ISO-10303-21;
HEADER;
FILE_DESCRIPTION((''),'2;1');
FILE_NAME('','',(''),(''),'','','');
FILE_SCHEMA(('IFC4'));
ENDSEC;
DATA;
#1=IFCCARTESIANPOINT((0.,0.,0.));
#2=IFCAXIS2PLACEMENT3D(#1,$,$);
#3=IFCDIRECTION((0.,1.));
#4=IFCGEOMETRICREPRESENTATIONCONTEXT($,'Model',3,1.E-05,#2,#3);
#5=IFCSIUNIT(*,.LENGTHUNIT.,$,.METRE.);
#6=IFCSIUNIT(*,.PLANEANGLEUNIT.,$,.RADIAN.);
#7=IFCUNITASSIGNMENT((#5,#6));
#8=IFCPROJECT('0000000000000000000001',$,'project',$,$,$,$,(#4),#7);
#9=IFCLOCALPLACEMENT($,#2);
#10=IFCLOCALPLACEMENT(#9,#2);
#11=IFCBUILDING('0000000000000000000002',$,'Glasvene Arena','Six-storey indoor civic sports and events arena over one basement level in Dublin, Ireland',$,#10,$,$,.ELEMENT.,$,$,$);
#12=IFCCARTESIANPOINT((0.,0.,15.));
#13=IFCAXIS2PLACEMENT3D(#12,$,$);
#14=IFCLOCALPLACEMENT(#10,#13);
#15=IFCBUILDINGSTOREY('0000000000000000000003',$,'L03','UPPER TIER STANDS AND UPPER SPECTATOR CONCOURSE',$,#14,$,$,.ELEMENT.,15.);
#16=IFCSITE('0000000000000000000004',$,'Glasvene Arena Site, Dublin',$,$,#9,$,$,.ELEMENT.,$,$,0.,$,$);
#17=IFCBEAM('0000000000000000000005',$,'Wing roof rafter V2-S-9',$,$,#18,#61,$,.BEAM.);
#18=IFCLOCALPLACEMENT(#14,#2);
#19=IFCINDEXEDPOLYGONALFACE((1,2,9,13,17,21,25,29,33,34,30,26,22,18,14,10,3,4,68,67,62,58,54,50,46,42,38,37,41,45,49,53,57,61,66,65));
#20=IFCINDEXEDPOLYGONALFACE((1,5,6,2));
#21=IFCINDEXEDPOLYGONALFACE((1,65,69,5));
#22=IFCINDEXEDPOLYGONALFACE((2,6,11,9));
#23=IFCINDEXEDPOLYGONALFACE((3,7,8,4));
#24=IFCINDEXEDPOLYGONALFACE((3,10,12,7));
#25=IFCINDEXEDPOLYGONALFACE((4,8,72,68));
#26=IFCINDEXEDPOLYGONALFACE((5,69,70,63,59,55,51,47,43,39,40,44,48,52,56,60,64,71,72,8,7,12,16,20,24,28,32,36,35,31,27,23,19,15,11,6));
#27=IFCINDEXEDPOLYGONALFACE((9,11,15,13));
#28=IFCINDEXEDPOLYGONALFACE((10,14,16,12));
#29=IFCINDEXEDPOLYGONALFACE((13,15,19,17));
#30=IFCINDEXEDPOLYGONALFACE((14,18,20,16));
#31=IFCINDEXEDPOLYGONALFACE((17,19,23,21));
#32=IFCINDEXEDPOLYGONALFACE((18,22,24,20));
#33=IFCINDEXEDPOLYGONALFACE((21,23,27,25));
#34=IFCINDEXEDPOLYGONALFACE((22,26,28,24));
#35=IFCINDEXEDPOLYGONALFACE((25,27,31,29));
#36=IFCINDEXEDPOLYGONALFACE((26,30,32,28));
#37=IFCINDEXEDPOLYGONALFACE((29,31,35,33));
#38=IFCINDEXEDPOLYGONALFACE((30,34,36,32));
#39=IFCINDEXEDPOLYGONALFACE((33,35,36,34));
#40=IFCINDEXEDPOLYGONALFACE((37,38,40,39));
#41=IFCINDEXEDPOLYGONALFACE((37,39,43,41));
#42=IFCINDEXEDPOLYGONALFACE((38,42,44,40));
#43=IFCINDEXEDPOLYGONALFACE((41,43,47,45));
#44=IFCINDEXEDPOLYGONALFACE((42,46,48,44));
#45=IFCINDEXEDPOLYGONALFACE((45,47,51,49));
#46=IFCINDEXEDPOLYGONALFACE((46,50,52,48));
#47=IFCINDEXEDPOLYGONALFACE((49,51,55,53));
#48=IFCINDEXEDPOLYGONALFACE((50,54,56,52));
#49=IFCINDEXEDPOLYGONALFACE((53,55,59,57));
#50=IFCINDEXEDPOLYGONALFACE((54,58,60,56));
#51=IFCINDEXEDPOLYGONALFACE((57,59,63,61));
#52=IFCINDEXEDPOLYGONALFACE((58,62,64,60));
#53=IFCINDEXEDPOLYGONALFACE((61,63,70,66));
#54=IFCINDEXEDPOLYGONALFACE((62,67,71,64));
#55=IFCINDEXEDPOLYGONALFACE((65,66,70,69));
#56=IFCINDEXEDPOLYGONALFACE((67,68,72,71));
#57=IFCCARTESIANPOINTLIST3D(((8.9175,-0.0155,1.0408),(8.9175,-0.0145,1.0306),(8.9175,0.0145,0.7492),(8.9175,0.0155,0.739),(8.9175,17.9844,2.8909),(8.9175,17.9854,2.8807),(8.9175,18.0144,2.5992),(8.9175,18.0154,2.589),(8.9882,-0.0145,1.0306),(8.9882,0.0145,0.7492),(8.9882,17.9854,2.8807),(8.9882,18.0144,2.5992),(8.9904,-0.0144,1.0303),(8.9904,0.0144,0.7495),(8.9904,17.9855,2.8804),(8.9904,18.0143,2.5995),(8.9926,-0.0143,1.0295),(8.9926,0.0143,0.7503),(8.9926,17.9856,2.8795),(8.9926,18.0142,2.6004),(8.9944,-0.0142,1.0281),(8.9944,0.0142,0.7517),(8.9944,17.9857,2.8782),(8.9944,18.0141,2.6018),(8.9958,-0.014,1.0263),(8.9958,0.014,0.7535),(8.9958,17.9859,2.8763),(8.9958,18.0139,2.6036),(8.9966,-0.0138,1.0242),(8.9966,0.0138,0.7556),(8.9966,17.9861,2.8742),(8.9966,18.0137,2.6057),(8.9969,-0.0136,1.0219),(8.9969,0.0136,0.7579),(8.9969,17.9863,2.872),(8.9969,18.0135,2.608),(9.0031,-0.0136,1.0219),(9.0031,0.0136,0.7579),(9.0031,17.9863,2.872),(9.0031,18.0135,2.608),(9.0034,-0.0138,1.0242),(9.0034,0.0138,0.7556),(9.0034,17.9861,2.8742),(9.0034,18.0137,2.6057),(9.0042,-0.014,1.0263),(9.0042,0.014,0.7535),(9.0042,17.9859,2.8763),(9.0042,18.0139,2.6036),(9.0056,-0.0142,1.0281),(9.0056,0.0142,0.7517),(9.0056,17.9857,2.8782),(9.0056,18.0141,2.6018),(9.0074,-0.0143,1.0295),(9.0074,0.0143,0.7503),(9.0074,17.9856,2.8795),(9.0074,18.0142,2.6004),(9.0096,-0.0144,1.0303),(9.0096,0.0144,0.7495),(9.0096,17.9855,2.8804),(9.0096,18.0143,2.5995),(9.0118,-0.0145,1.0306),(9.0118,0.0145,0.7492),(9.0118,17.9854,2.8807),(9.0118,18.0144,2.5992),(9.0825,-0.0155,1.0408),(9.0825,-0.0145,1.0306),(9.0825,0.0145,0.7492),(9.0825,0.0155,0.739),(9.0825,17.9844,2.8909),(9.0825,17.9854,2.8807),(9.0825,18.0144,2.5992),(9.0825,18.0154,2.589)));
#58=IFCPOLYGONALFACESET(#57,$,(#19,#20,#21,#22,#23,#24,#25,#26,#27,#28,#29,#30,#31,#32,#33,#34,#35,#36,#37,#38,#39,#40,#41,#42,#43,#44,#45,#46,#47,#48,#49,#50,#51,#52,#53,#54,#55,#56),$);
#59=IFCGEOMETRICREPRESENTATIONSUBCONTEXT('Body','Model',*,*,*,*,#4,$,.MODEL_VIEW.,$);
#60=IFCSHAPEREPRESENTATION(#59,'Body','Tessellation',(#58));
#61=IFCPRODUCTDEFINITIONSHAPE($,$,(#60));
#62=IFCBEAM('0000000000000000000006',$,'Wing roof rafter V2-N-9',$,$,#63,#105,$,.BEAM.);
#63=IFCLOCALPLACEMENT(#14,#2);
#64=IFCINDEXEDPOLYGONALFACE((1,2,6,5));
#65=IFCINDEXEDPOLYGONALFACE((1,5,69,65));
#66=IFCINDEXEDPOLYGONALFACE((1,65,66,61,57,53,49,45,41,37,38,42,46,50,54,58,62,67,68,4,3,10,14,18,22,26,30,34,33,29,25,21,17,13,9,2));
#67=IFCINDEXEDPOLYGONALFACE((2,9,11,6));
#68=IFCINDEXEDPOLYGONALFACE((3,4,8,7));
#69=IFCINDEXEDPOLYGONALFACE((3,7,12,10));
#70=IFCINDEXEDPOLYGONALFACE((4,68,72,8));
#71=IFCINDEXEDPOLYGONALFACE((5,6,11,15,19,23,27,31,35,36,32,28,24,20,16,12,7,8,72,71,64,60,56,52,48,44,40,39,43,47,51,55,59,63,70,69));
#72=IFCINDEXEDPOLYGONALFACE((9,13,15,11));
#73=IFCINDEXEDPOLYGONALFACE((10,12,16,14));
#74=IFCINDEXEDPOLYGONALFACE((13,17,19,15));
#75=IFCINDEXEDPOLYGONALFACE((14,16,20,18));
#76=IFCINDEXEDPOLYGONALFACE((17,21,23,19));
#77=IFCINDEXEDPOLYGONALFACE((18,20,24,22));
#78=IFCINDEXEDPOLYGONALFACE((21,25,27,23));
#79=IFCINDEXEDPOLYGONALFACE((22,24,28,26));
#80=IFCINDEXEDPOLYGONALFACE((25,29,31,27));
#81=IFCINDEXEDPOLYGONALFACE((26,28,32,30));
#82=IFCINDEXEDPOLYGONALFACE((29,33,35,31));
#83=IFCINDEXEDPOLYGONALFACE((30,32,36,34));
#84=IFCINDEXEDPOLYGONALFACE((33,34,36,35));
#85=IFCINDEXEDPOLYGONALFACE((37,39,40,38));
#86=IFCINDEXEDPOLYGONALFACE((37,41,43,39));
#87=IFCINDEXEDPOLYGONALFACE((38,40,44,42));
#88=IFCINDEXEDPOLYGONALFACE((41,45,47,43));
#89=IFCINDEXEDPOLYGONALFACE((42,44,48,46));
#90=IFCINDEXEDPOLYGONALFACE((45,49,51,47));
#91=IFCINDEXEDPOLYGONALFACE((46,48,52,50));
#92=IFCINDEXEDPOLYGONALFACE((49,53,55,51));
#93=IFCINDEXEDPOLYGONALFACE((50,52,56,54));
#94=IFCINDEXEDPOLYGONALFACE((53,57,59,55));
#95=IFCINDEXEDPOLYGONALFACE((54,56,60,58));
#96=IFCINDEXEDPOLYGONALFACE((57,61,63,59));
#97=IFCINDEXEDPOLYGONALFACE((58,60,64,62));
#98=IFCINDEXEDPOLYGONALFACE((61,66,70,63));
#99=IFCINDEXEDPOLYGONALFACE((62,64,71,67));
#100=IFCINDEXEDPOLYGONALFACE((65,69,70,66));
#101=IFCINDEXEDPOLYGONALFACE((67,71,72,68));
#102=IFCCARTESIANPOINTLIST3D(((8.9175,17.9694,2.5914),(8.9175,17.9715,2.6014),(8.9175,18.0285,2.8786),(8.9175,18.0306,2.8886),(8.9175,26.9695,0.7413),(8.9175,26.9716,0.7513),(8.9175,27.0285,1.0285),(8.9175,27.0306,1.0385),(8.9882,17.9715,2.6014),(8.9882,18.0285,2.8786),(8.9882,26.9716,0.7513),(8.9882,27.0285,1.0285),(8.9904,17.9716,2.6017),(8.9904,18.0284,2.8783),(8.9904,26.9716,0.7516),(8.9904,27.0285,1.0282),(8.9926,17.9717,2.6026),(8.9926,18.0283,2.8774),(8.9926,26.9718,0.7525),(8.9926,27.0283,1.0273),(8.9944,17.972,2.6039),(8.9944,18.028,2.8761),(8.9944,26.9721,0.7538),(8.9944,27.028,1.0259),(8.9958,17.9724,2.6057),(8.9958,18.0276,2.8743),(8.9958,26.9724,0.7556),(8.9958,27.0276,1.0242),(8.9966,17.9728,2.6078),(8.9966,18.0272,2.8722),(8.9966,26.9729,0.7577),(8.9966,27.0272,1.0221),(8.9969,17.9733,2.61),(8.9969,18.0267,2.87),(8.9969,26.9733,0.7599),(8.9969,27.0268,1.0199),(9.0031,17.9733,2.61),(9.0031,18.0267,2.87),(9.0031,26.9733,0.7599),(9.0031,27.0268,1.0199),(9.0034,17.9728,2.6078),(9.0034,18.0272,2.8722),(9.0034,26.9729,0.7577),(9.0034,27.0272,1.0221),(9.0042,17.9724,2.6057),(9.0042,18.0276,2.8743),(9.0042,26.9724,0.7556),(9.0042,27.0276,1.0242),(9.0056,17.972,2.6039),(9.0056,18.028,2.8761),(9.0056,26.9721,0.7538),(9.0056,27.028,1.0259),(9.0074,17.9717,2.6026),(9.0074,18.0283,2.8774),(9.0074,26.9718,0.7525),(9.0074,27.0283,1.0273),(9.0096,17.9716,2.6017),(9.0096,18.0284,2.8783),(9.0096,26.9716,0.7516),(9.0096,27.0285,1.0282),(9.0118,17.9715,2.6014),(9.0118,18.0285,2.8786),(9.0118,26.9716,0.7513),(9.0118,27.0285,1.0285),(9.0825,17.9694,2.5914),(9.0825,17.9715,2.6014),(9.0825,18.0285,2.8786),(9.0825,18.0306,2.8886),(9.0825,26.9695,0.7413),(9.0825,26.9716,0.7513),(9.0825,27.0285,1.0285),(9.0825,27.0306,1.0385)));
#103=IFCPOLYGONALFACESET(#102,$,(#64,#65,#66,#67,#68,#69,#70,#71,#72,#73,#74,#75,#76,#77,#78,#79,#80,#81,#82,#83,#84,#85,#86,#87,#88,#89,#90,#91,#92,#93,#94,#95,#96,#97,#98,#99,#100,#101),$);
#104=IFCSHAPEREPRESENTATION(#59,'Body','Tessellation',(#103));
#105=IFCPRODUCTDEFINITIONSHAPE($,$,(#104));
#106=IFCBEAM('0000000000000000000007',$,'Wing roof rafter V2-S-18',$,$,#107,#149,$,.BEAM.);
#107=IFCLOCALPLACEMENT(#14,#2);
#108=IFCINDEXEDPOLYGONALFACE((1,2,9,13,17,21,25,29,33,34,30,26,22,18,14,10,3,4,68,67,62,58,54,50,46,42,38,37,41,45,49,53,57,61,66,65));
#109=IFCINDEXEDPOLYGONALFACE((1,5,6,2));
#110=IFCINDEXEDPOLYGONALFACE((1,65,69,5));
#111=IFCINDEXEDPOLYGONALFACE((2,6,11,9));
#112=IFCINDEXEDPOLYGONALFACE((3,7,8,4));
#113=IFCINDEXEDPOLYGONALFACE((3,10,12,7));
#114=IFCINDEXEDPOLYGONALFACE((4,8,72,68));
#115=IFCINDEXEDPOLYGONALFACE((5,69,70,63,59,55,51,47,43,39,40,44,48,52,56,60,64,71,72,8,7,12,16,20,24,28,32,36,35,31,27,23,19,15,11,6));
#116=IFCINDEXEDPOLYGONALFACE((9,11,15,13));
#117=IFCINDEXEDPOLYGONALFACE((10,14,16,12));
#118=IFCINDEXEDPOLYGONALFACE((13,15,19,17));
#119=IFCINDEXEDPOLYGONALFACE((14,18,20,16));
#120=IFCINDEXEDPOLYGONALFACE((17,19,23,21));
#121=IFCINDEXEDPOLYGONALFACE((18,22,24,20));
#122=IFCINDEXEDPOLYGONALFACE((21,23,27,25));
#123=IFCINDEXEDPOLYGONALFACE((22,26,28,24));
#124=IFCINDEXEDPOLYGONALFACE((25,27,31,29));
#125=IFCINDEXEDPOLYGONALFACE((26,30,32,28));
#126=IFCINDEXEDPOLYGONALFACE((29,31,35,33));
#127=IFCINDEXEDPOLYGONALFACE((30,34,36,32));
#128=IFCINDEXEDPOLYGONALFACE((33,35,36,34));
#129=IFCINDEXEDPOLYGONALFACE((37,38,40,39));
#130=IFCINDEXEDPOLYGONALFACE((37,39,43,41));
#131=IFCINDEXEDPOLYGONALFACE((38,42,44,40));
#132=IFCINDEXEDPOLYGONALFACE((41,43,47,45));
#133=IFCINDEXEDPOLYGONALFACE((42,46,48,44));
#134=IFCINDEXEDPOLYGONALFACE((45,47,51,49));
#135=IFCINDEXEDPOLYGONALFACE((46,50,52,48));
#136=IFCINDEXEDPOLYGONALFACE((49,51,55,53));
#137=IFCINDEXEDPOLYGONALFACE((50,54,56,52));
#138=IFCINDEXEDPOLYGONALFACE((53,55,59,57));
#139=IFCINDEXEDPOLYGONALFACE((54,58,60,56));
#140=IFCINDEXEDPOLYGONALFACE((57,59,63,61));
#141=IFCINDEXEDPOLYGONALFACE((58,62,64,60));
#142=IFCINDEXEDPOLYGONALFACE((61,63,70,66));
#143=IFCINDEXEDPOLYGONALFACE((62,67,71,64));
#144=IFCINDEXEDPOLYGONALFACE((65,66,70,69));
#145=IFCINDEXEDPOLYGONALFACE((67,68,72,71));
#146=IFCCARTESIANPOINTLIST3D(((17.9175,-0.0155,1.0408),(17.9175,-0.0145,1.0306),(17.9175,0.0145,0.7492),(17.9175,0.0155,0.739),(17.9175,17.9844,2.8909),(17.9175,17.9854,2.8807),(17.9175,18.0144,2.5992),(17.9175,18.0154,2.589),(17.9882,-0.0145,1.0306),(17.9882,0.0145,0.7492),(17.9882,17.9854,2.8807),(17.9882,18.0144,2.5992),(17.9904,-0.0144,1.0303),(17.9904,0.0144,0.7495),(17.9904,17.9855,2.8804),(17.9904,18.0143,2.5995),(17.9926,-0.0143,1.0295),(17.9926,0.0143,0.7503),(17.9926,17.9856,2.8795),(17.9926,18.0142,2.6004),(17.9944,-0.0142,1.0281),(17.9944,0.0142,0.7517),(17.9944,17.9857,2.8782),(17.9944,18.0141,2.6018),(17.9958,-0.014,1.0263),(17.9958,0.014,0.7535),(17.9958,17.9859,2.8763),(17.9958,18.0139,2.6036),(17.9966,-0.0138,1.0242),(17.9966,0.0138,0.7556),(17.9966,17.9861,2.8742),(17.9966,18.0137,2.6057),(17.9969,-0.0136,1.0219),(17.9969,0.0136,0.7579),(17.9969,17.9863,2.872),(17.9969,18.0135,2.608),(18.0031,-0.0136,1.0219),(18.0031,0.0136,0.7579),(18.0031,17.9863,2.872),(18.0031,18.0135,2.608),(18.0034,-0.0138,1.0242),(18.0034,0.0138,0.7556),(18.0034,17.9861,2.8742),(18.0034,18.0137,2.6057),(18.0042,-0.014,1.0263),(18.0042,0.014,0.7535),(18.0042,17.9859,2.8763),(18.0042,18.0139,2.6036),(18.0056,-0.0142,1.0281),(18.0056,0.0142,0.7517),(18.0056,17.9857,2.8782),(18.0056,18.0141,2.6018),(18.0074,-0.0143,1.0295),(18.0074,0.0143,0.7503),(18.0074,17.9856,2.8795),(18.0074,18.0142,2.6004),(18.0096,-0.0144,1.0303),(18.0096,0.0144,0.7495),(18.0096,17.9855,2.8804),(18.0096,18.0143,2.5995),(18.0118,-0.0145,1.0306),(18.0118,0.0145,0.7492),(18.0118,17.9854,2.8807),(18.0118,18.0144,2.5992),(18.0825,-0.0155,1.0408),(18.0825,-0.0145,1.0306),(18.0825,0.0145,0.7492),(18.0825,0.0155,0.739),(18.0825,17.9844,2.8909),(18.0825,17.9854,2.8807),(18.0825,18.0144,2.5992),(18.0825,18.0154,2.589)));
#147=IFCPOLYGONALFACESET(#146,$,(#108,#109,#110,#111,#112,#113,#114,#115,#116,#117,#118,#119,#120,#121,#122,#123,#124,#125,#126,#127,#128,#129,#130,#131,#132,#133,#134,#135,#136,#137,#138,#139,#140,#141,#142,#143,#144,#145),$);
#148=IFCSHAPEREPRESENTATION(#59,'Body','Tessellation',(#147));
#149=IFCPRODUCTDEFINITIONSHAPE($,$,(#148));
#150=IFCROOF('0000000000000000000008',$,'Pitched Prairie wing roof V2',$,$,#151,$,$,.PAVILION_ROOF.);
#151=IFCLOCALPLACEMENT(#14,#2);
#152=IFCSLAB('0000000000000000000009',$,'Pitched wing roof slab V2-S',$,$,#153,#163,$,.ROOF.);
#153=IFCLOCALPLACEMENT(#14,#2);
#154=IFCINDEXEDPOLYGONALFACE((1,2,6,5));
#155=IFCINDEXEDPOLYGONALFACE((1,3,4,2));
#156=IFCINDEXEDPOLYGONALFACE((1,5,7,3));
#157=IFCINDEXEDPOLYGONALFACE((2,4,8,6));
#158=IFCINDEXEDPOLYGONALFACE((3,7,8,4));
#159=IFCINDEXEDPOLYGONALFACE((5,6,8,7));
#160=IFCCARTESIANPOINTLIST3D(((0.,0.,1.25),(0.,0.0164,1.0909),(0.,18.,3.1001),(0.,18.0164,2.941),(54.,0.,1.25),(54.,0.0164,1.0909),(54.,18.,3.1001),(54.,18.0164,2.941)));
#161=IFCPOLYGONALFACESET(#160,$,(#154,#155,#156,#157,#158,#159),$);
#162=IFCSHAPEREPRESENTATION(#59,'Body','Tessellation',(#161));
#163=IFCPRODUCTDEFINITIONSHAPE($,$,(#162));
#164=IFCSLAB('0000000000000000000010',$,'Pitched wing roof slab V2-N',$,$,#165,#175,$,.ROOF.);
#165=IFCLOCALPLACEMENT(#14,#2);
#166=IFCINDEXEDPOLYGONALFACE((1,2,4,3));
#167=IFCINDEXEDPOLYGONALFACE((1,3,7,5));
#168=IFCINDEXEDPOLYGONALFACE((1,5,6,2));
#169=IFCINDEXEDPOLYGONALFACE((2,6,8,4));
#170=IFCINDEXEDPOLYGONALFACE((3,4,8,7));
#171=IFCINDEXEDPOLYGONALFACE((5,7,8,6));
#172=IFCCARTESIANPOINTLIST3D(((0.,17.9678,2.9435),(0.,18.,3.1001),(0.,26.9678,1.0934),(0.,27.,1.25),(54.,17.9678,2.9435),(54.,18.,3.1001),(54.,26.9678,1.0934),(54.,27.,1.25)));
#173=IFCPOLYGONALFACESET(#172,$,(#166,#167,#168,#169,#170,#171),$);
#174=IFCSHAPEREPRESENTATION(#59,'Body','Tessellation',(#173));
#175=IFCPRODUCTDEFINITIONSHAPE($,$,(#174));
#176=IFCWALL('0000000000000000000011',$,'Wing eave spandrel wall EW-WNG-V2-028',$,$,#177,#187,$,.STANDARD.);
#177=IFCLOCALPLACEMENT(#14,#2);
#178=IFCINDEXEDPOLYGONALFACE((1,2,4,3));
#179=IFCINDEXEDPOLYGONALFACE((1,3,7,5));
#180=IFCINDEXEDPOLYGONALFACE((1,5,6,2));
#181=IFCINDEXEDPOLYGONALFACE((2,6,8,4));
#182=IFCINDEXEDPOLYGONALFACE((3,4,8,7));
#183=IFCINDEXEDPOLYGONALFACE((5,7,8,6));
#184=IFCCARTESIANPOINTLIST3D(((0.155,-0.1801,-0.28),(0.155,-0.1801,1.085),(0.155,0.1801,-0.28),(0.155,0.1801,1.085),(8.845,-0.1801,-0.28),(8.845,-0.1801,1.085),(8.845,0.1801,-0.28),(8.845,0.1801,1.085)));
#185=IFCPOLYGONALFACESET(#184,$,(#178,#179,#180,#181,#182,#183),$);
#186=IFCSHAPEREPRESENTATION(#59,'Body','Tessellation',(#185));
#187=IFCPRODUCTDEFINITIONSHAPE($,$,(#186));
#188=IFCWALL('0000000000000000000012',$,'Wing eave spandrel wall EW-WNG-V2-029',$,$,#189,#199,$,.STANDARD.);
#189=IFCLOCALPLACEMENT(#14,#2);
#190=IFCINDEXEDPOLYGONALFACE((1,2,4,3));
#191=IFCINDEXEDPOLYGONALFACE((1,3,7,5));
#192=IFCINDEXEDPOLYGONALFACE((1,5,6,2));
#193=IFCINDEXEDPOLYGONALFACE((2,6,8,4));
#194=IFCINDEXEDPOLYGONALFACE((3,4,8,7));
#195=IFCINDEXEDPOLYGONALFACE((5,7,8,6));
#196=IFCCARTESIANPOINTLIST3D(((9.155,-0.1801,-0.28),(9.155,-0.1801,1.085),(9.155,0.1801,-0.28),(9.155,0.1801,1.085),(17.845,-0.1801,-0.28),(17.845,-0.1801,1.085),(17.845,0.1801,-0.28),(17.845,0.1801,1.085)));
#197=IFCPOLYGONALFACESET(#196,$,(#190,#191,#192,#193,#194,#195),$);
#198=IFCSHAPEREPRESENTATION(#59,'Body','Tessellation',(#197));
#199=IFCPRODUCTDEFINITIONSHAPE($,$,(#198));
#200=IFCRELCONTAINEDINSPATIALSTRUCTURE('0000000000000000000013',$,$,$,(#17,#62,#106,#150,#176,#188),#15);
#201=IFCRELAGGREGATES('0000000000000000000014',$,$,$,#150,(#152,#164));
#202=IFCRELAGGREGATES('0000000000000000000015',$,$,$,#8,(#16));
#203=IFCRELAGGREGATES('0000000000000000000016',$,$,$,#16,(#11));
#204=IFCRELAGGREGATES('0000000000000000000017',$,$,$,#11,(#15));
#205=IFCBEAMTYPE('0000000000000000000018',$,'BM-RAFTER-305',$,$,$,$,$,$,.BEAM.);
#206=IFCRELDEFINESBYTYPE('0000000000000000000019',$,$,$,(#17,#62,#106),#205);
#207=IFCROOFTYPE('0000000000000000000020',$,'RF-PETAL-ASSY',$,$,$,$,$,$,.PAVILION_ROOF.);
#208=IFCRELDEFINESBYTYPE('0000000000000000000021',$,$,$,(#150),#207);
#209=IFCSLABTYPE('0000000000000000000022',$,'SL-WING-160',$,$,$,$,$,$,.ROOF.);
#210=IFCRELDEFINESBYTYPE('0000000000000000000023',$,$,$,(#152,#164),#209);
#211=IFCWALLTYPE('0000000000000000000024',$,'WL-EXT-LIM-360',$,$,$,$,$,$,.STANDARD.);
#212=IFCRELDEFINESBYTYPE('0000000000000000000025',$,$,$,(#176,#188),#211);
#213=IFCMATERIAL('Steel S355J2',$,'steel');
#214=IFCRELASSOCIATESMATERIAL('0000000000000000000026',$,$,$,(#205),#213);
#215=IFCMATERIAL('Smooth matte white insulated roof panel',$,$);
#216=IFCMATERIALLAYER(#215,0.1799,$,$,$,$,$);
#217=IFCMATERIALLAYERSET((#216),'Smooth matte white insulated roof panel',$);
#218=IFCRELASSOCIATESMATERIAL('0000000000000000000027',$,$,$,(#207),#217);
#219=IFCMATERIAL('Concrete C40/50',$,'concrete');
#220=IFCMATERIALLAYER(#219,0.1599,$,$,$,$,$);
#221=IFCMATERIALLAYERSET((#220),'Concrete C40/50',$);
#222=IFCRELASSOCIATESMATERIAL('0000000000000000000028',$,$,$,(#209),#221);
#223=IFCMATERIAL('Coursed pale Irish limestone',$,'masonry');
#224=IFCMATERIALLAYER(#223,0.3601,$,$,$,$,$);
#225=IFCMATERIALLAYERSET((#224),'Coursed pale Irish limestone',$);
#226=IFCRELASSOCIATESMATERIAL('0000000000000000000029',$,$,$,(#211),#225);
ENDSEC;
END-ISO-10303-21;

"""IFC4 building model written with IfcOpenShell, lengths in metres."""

from ifc_helpers import new_model, si_unit, direction, frame, frame_2d, origin, origin_2d, place, context, subcontext, project, spatial, polyline, rectangle, i_section, outline, extrude, material, layer, layer_set, material_profile, profile_set, type_object, element, aggregate, save


model = new_model("IFC4")

# Units and contexts
model_context = context("Model", 3, precision=1e-05, world=origin(), true_north=direction((0.0, 1.0)))
body_context = subcontext(model_context, "Body", "Model", "MODEL_VIEW")
ifc_project = project(units=[si_unit("LENGTHUNIT", "METRE"), si_unit("PLANEANGLEUNIT", "RADIAN")], contexts=[model_context])

# Site, building, storey
site_placement = place(None, origin())
site = spatial("IfcSite", under=ifc_project, at=site_placement, Name="Glasvene Arena Site, Dublin", CompositionType="ELEMENT", RefElevation=0.0)
building_placement = place(site_placement, origin())
building = spatial("IfcBuilding", under=site, at=building_placement, Name="Glasvene Arena", Description="Six-storey indoor civic sports and events arena over one basement level in Dublin, Ireland", CompositionType="ELEMENT")
storey_placement = place(building_placement, frame((0.0, 0.0, 15.0)))
storey = spatial("IfcBuildingStorey", under=building, at=storey_placement, Name="L03", Description="UPPER TIER STANDS AND UPPER SPECTATOR CONCOURSE", CompositionType="ELEMENT", Elevation=15.0)

# Shared definitions
ifc_material_1 = material(Name="Steel S355J2", Category="steel")

# Beams
ifc_material_profile_1 = material_profile(ifc_material_1, i_section(OverallWidth=0.165, OverallDepth=0.3035, WebThickness=0.0061, FlangeThickness=0.0103, FilletRadius=0.0088, at=origin_2d()), Name="UKB 305x165x40")
ifc_profile_set_1 = profile_set([ifc_material_profile_1], Name="Steel S355J2")
beam_type_1 = type_object("IfcBeamType", Name="BM-RAFTER-305", PredefinedType="BEAM", material=ifc_profile_set_1)
beam_1_placement = place(storey_placement, frame((9.0, 0.0, 0.8899), z_axis=(0.0, 0.994759, 0.102245), x_axis=(-1.0, 0.0, 0.0)))
element("IfcBeam", 1, at=beam_1_placement, inside=storey, type_object=beam_type_1, Name="Wing roof rafter V2-S-9", PredefinedType="BEAM", context=body_context, shape_type="SweptSolid", body=[
    extrude(i_section(OverallWidth=0.165, OverallDepth=0.3035, WebThickness=0.0061, FlangeThickness=0.0103, FilletRadius=0.0088, at=origin_2d()), origin(), (0.0, 0.0, 1.0), 18.0947),
])
beam_2_placement = place(storey_placement, frame((9.0, 18.0, 2.74), z_axis=(0.0, 0.979518, -0.201356), x_axis=(-1.0, 0.0, 0.0)))
element("IfcBeam", 2, at=beam_2_placement, inside=storey, type_object=beam_type_1, Name="Wing roof rafter V2-N-9", PredefinedType="BEAM", context=body_context, shape_type="SweptSolid", body=[
    extrude(i_section(OverallWidth=0.165, OverallDepth=0.3035, WebThickness=0.0061, FlangeThickness=0.0103, FilletRadius=0.0088, at=origin_2d()), origin(), (0.0, 0.0, 1.0), 9.1882),
])
beam_3_placement = place(storey_placement, frame((18.0, 0.0, 0.8899), z_axis=(0.0, 0.994759, 0.102245), x_axis=(-1.0, 0.0, 0.0)))
element("IfcBeam", 3, at=beam_3_placement, inside=storey, type_object=beam_type_1, Name="Wing roof rafter V2-S-18", PredefinedType="BEAM", context=body_context, shape_type="SweptSolid", body=[
    extrude(i_section(OverallWidth=0.165, OverallDepth=0.3035, WebThickness=0.0061, FlangeThickness=0.0103, FilletRadius=0.0088, at=origin_2d()), origin(), (0.0, 0.0, 1.0), 18.0947),
])

# Roof, slabs
ifc_material_2 = material(Name="Smooth matte white insulated roof panel")
ifc_layer_1 = layer(ifc_material_2, 0.1799)
ifc_layer_set_1 = layer_set([ifc_layer_1], Name="Smooth matte white insulated roof panel")
roof_type = type_object("IfcRoofType", Name="RF-PETAL-ASSY", PredefinedType="PAVILION_ROOF", material=ifc_layer_set_1)
roof_placement = place(storey_placement, frame((27.0, 13.5, 1.25)))
roof = element("IfcRoof", 4, at=roof_placement, inside=storey, type_object=roof_type, Name="Pitched Prairie wing roof V2", PredefinedType="PAVILION_ROOF")
ifc_material_3 = material(Name="Concrete C40/50", Category="concrete")
ifc_layer_2 = layer(ifc_material_3, 0.1599)
ifc_layer_set_2 = layer_set([ifc_layer_2], Name="Concrete C40/50")
slab_type = type_object("IfcSlabType", Name="SL-WING-160", PredefinedType="ROOF", material=ifc_layer_set_2)
slab_1_placement = place(storey_placement, frame((0.0, 0.0, 1.25), z_axis=(0.0, -0.102245, 0.994759), x_axis=(1.0, 0.0, 0.0)))
slab_1 = element("IfcSlab", 5, at=slab_1_placement, type_object=slab_type, Name="Pitched wing roof slab V2-S", PredefinedType="ROOF", context=body_context, shape_type="SweptSolid", body=[
    extrude(outline(polyline([(0.0, 0.0), (54.0, 0.0), (54.0, 18.0948), (0.0, 18.0948), (0.0, 0.0)])), origin(), (0.0, 0.0, -1.0), 0.1599),
])
slab_2_placement = place(storey_placement, frame((0.0, 18.0, 3.1001), z_axis=(0.0, 0.201356, 0.979518), x_axis=(1.0, 0.0, 0.0)))
slab_2 = element("IfcSlab", 6, at=slab_2_placement, type_object=slab_type, Name="Pitched wing roof slab V2-N", PredefinedType="ROOF", context=body_context, shape_type="SweptSolid", body=[
    extrude(outline(polyline([(0.0, 0.0), (54.0, 0.0), (54.0, 9.1882), (0.0, 9.1882), (0.0, 0.0)])), origin(), (0.0, 0.0, -1.0), 0.1599),
])
aggregate(roof, [slab_1, slab_2])

# Walls
ifc_material_4 = material(Name="Coursed pale Irish limestone", Category="masonry")
ifc_layer_3 = layer(ifc_material_4, 0.3601)
ifc_layer_set_3 = layer_set([ifc_layer_3], Name="Coursed pale Irish limestone")
wall_type = type_object("IfcWallType", Name="WL-EXT-LIM-360", PredefinedType="STANDARD", material=ifc_layer_set_3)
for number, where, z_axis, x_axis, name in (
    (7, (0.155, 0.0, -0.28), (0.0, 0.0, 1.0), (1.0, 0.0, 0.0), "Wing eave spandrel wall EW-WNG-V2-028"),
    (8, (9.155, 0.0, -0.28), (0.0, 0.0, 1.0), (1.0, 0.0, 0.0), "Wing eave spandrel wall EW-WNG-V2-029"),
):
    element("IfcWall", number, at=place(storey_placement, frame(where, z_axis=z_axis, x_axis=x_axis)), inside=storey, type_object=wall_type, Name=name, PredefinedType="STANDARD", context=body_context, shape_type="SweptSolid", body=[
        extrude(rectangle(XDim=8.6899, YDim=0.3601, at=frame_2d((4.345, 0.0))), origin(), (0.0, 0.0, 1.0), 1.365),
    ])

save(model, "model.ifc")
